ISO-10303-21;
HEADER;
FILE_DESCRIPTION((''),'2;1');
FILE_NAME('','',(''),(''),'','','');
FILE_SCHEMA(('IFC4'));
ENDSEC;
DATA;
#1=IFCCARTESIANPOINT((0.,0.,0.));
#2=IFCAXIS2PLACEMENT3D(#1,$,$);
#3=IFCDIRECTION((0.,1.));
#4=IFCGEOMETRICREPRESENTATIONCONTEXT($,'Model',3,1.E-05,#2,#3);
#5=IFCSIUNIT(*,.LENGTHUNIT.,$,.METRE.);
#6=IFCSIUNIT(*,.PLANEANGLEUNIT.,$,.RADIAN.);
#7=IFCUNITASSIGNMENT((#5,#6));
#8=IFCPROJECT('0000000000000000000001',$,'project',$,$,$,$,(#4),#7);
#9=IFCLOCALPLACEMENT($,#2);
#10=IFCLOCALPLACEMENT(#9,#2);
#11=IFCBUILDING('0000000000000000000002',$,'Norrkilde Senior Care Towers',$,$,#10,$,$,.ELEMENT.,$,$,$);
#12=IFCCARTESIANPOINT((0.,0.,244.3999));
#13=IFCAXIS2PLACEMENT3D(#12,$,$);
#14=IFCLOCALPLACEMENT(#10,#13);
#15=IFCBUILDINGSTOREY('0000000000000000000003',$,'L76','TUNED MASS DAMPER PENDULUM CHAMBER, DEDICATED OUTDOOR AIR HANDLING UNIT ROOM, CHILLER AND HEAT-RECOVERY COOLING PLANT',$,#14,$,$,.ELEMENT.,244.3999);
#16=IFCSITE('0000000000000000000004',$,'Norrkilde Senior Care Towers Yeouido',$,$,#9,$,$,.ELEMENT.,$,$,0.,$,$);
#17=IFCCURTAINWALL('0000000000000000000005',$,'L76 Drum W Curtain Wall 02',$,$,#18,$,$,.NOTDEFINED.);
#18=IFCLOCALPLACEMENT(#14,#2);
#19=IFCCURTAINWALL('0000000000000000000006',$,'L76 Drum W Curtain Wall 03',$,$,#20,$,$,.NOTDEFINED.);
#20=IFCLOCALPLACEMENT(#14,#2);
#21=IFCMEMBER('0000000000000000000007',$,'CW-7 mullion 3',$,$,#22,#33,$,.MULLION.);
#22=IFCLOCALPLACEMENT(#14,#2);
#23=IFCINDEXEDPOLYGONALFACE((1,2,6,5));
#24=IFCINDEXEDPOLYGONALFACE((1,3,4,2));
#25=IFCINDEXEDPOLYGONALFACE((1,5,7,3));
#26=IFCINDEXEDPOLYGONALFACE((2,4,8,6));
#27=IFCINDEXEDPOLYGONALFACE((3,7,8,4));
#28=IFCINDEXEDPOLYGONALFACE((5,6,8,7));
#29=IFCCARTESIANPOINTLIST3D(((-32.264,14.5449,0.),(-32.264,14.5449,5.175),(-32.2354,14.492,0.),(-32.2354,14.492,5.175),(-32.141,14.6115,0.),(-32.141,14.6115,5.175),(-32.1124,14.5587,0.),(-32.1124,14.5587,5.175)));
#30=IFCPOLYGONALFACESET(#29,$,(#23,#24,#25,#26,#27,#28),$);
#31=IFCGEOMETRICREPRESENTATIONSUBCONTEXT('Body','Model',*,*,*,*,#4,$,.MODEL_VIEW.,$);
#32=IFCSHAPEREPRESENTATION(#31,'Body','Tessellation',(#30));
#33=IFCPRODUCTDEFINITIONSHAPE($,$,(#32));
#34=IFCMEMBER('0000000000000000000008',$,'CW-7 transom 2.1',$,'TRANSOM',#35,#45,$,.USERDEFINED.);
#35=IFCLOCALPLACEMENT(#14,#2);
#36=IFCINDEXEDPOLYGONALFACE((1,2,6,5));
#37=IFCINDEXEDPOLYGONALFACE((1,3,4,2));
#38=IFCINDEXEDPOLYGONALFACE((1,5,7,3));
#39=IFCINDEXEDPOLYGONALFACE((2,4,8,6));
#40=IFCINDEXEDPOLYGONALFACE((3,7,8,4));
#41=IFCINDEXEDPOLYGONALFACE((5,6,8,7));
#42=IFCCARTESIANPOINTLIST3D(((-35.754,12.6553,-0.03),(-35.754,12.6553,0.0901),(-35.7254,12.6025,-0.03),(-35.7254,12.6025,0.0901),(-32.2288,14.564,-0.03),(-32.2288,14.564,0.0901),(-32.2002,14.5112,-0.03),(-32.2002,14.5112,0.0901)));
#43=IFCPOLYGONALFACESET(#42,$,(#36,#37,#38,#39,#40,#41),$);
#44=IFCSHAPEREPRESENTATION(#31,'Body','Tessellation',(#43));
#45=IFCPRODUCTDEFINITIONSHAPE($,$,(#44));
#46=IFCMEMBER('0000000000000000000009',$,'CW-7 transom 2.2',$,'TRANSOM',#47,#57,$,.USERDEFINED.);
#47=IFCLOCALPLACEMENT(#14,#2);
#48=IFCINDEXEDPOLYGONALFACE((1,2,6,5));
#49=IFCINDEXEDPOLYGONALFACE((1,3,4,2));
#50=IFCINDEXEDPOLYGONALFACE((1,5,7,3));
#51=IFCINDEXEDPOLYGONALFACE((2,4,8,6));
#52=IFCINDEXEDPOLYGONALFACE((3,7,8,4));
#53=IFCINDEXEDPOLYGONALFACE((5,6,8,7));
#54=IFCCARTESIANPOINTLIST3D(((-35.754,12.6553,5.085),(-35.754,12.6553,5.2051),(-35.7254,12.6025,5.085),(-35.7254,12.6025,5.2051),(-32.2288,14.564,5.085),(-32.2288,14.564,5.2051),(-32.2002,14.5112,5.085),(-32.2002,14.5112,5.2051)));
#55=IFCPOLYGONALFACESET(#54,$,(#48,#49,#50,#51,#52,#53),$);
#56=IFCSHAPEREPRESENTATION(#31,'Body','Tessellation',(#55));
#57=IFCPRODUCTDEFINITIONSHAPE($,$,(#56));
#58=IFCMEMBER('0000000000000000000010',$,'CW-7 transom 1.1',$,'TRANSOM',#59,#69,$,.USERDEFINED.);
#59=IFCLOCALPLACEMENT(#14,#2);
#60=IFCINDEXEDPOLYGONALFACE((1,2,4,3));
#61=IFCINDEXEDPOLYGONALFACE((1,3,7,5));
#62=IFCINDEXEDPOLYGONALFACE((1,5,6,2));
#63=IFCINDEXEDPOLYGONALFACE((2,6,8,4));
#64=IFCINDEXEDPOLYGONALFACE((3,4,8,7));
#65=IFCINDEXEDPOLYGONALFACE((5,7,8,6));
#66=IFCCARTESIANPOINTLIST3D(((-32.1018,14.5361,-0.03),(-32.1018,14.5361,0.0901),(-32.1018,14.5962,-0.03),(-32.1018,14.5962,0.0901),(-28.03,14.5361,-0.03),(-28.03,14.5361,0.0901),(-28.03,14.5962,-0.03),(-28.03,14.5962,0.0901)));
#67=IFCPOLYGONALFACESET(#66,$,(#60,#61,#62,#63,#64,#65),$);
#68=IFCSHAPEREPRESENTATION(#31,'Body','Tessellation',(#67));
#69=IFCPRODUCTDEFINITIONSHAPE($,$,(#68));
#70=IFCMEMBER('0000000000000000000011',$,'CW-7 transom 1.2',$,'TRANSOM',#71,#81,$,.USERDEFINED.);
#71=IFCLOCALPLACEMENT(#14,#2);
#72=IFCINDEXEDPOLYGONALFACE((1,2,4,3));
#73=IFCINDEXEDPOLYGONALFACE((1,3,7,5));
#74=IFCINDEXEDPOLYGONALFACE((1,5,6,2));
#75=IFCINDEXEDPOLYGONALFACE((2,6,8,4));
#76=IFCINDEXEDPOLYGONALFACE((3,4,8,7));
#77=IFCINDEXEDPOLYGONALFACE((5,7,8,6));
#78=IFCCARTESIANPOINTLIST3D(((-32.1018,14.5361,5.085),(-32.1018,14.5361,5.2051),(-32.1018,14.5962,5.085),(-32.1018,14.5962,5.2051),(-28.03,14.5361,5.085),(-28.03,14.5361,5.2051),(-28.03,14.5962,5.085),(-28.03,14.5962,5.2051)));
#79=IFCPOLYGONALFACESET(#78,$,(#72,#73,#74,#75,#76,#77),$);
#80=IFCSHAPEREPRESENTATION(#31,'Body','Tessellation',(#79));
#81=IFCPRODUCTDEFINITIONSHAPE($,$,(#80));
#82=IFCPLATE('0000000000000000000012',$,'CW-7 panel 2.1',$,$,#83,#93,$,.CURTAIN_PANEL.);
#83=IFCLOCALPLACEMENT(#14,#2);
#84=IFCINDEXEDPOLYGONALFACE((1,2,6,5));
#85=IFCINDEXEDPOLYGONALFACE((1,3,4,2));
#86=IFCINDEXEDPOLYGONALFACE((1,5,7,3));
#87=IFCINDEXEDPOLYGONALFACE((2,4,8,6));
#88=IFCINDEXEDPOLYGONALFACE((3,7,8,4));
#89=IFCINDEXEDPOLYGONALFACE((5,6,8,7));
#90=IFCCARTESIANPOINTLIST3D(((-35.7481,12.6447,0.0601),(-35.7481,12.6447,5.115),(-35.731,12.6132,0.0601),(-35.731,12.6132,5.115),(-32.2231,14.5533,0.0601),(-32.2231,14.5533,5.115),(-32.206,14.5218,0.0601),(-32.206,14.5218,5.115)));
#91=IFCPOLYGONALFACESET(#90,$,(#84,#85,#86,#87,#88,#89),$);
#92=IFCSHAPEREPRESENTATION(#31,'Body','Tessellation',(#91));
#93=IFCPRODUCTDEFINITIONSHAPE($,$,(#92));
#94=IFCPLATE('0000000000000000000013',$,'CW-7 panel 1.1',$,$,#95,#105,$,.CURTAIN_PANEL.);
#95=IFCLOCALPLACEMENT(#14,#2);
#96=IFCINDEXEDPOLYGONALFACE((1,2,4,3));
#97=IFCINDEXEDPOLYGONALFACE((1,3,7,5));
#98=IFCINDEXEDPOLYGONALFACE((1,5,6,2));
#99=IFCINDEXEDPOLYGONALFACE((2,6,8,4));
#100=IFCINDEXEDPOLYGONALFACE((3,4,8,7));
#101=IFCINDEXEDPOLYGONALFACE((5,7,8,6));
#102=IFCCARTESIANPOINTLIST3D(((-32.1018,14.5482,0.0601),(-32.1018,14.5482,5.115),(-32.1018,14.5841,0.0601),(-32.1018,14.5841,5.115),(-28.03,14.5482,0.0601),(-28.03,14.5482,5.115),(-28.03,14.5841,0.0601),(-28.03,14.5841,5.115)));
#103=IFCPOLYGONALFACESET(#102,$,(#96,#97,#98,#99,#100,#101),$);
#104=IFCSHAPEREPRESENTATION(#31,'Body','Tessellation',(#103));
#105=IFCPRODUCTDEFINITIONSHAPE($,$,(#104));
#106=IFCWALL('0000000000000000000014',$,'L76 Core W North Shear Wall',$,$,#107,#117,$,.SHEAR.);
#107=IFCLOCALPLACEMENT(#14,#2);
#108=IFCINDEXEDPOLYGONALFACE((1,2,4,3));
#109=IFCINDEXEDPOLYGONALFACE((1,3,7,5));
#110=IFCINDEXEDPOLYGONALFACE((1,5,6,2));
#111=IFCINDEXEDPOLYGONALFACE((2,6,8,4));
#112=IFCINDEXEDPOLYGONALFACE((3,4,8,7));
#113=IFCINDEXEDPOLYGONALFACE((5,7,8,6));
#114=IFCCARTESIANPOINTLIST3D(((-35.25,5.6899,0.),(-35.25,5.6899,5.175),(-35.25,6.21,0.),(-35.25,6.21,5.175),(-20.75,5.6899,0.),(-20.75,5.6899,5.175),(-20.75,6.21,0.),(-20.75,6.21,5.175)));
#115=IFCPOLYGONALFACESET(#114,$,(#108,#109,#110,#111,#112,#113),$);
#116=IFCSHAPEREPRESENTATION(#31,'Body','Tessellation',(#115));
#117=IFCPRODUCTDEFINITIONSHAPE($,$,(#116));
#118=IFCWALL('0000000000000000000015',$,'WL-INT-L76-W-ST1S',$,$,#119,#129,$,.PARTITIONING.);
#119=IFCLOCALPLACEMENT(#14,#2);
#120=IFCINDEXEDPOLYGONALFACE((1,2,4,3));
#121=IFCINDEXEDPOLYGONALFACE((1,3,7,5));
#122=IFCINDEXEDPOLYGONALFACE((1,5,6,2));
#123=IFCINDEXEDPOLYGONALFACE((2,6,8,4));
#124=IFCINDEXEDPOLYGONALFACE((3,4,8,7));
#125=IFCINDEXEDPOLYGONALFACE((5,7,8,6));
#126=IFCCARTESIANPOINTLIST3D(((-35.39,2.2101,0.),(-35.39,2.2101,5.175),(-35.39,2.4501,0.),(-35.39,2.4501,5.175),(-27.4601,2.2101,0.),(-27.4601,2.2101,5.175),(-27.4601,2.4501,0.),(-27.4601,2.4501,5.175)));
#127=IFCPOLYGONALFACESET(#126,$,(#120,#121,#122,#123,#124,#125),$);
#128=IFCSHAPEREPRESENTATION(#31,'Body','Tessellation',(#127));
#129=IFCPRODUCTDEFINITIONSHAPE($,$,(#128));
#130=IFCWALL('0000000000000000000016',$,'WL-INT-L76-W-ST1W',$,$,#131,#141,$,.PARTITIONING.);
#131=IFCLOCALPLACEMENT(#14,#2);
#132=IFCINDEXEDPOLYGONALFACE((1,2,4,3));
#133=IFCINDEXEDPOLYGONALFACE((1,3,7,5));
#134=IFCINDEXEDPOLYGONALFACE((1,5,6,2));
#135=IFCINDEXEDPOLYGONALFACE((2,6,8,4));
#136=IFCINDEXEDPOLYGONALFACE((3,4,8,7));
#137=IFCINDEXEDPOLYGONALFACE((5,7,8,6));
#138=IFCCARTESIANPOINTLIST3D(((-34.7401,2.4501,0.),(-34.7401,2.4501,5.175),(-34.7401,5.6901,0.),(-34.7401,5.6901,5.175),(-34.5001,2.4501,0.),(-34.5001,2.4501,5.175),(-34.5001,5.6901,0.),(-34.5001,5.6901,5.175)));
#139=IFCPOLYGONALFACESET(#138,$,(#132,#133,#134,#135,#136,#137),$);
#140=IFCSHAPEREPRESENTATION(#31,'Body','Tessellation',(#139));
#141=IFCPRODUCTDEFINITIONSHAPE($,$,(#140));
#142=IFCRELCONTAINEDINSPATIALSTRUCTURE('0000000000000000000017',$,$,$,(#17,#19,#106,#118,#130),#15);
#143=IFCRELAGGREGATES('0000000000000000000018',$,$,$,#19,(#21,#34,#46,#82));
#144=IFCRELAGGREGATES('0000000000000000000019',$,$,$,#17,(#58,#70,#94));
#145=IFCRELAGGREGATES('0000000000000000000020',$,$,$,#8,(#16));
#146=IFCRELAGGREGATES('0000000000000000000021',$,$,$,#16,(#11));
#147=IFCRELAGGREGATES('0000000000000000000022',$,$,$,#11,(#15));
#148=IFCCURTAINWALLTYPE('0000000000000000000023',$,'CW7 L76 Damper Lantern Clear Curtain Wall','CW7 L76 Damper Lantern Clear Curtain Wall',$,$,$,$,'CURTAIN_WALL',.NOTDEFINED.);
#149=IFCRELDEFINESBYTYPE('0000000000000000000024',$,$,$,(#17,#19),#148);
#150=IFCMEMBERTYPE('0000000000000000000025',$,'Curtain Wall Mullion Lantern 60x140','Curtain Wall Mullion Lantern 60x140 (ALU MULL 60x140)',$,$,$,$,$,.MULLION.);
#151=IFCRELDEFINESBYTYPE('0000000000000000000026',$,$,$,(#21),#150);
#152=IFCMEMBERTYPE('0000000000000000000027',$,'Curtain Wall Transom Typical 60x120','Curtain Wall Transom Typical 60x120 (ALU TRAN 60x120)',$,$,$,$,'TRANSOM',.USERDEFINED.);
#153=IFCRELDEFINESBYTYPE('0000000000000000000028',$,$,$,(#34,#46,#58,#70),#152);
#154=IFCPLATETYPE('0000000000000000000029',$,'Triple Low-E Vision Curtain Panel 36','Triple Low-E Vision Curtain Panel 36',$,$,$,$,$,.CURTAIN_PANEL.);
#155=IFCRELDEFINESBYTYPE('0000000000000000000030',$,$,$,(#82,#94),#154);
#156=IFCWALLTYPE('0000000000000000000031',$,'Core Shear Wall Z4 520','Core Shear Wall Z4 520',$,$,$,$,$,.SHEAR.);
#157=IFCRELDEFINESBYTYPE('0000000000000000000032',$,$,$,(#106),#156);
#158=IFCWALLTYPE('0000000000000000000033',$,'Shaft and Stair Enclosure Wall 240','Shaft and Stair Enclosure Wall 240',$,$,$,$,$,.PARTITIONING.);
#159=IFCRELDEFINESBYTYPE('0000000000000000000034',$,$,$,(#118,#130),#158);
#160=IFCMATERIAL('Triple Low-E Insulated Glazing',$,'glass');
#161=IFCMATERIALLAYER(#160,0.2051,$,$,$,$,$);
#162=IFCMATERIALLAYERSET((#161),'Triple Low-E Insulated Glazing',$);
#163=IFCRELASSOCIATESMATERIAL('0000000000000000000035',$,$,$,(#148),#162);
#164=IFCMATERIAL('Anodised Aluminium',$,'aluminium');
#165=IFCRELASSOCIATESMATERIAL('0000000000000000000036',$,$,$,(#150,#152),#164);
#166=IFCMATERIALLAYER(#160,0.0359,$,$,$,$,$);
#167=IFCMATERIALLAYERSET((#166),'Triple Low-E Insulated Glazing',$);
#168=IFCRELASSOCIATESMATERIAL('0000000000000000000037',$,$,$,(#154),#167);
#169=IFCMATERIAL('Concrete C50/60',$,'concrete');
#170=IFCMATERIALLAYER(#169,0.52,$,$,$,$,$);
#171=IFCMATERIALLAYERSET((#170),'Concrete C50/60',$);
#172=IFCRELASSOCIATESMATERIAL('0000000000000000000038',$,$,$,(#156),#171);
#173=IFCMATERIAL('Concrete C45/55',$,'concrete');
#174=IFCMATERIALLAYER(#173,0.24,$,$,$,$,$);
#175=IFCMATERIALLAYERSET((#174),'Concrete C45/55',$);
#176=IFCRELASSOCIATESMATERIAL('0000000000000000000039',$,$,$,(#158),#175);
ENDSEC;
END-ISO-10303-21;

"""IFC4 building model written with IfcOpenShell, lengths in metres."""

from ifc_helpers import new_model, si_unit, direction, frame, frame_2d, origin, origin_2d, place, context, subcontext, project, spatial, rectangle, extrude, source, transform, mapped, material, layer, layer_set, material_profile, profile_set, type_object, type_shapes, element, aggregate, save


model = new_model("IFC4")

# Units and contexts
model_context = context("Model", 3, precision=1e-05, world=origin(), true_north=direction((0.0, 1.0)))
body_context = subcontext(model_context, "Body", "Model", "MODEL_VIEW")
ifc_project = project(units=[si_unit("LENGTHUNIT", "METRE"), si_unit("PLANEANGLEUNIT", "RADIAN")], contexts=[model_context])

# Site, building, storey
site_placement = place(None, origin())
site = spatial("IfcSite", under=ifc_project, at=site_placement, Name="Norrkilde Senior Care Towers Yeouido", CompositionType="ELEMENT", RefElevation=0.0)
building_placement = place(site_placement, origin())
building = spatial("IfcBuilding", under=site, at=building_placement, Name="Norrkilde Senior Care Towers", CompositionType="ELEMENT")
storey_placement = place(building_placement, frame((0.0, 0.0, 244.3999)))
storey = spatial("IfcBuildingStorey", under=building, at=storey_placement, Name="L76", Description="TUNED MASS DAMPER PENDULUM CHAMBER, DEDICATED OUTDOOR AIR HANDLING UNIT ROOM, CHILLER AND HEAT-RECOVERY COOLING PLANT", CompositionType="ELEMENT", Elevation=244.3999)

# Shared definitions
ifc_material_1 = material(Name="Concrete C50/60", Category="concrete")

# Curtain walls, members
ifc_material_2 = material(Name="Triple Low-E Insulated Glazing", Category="glass")
ifc_layer_1 = layer(ifc_material_2, 0.2051)
ifc_layer_set_1 = layer_set([ifc_layer_1], Name="Triple Low-E Insulated Glazing")
curtain_wall_type = type_object("IfcCurtainWallType", Name="CW7 L76 Damper Lantern Clear Curtain Wall", Description="CW7 L76 Damper Lantern Clear Curtain Wall", ElementType="CURTAIN_WALL", PredefinedType="NOTDEFINED", material=ifc_layer_set_1)
curtain_wall_1_placement = place(storey_placement, origin())
curtain_wall_1 = element("IfcCurtainWall", 1, at=curtain_wall_1_placement, inside=storey, type_object=curtain_wall_type, Name="L76 Drum W Curtain Wall 02", PredefinedType="NOTDEFINED")
ifc_material_3 = material(Name="Anodised Aluminium", Category="aluminium")
ifc_material_profile_1 = material_profile(ifc_material_3, rectangle(XDim=0.0601, YDim=0.1399, at=origin_2d()), Name="ALU MULL 60x140")
ifc_profile_set_1 = profile_set([ifc_material_profile_1], Name="Anodised Aluminium")
member_type_1 = type_object("IfcMemberType", Name="Curtain Wall Mullion Lantern 60x140", Description="Curtain Wall Mullion Lantern 60x140 (ALU MULL 60x140)", PredefinedType="MULLION", material=ifc_profile_set_1)
shared_shape_1 = source(origin(), body_context, "Body", "SweptSolid", [
    extrude(rectangle(XDim=0.0601, YDim=0.1399, at=origin_2d()), origin(), (0.0, 0.0, 1.0), 5.175),
])
type_shapes(member_type_1, [shared_shape_1])
curtain_wall_2_placement = place(storey_placement, origin())
curtain_wall_2 = element("IfcCurtainWall", 2, at=curtain_wall_2_placement, inside=storey, type_object=curtain_wall_type, Name="L76 Drum W Curtain Wall 03", PredefinedType="NOTDEFINED")
member_1_placement = place(storey_placement, frame((-32.1882, 14.5518, 0.0), z_axis=(0.0, 0.0, 1.0), x_axis=(-0.476133, 0.879373, 0.0)))
member_1 = element("IfcMember", 3, at=member_1_placement, type_object=member_type_1, Name="CW-7 mullion 3", PredefinedType="MULLION", context=body_context, shape_type="MappedRepresentation", body=[
    mapped(shared_shape_1, transform((0.0, 0.0, 0.0), x_axis=(1.0, 0.0, 0.0), y_axis=(0.0, 1.0, 0.0), z_axis=(0.0, 0.0, 1.0), scale=1.0)),
])
ifc_material_profile_2 = material_profile(ifc_material_3, rectangle(XDim=0.0601, YDim=0.1201, at=origin_2d()), Name="ALU TRAN 60x120")
ifc_profile_set_2 = profile_set([ifc_material_profile_2], Name="Anodised Aluminium")
member_type_2 = type_object("IfcMemberType", Name="Curtain Wall Transom Typical 60x120", Description="Curtain Wall Transom Typical 60x120 (ALU TRAN 60x120)", ElementType="TRANSOM", PredefinedType="USERDEFINED", material=ifc_profile_set_2)
shared_shape_2 = source(origin(), body_context, "Body", "SweptSolid", [
    extrude(rectangle(XDim=0.0601, YDim=0.1201, at=origin_2d()), origin(), (0.0, 0.0, 1.0), 4.0088),
])
member_2_placement = place(storey_placement, frame((-35.7397, 12.6289, 0.03), z_axis=(0.879372, 0.476136, 0.0), x_axis=(-0.476136, 0.879372, 0.0)))
member_2 = element("IfcMember", 4, at=member_2_placement, type_object=member_type_2, Name="CW-7 transom 2.1", ObjectType="TRANSOM", PredefinedType="USERDEFINED", context=body_context, shape_type="MappedRepresentation", body=[
    mapped(shared_shape_2, transform((0.0, 0.0, 0.0), x_axis=(1.0, 0.0, 0.0), y_axis=(0.0, 1.0, 0.0), z_axis=(0.0, 0.0, 1.0), scale=1.0)),
])
member_3_placement = place(storey_placement, frame((-35.7397, 12.6289, 5.145), z_axis=(0.879372, 0.476136, 0.0), x_axis=(-0.476136, 0.879372, 0.0)))
member_3 = element("IfcMember", 5, at=member_3_placement, type_object=member_type_2, Name="CW-7 transom 2.2", ObjectType="TRANSOM", PredefinedType="USERDEFINED", context=body_context, shape_type="MappedRepresentation", body=[
    mapped(shared_shape_2, transform((0.0, 0.0, 0.0), x_axis=(1.0, 0.0, 0.0), y_axis=(0.0, 1.0, 0.0), z_axis=(0.0, 0.0, 1.0), scale=1.0)),
])

# Members
shared_shape_3 = source(origin(), body_context, "Body", "SweptSolid", [
    extrude(rectangle(XDim=0.0601, YDim=0.1201, at=origin_2d()), origin(), (0.0, 0.0, 1.0), 4.0718),
])
type_shapes(member_type_2, [shared_shape_2, shared_shape_3])
member_4_placement = place(storey_placement, frame((-32.1018, 14.5662, 0.03), z_axis=(1.0, 0.0, 0.0), x_axis=(0.0, 1.0, 0.0)))
member_4 = element("IfcMember", 6, at=member_4_placement, type_object=member_type_2, Name="CW-7 transom 1.1", ObjectType="TRANSOM", PredefinedType="USERDEFINED", context=body_context, shape_type="MappedRepresentation", body=[
    mapped(shared_shape_3, transform((0.0, 0.0, 0.0), x_axis=(1.0, 0.0, 0.0), y_axis=(0.0, 1.0, 0.0), z_axis=(0.0, 0.0, 1.0), scale=1.0)),
])
member_5_placement = place(storey_placement, frame((-32.1018, 14.5662, 5.145), z_axis=(1.0, 0.0, 0.0), x_axis=(0.0, 1.0, 0.0)))
member_5 = element("IfcMember", 7, at=member_5_placement, type_object=member_type_2, Name="CW-7 transom 1.2", ObjectType="TRANSOM", PredefinedType="USERDEFINED", context=body_context, shape_type="MappedRepresentation", body=[
    mapped(shared_shape_3, transform((0.0, 0.0, 0.0), x_axis=(1.0, 0.0, 0.0), y_axis=(0.0, 1.0, 0.0), z_axis=(0.0, 0.0, 1.0), scale=1.0)),
])

# Plates
ifc_layer_2 = layer(ifc_material_2, 0.0359)
ifc_layer_set_2 = layer_set([ifc_layer_2], Name="Triple Low-E Insulated Glazing")
plate_type = type_object("IfcPlateType", Name="Triple Low-E Vision Curtain Panel 36", Description="Triple Low-E Vision Curtain Panel 36", PredefinedType="CURTAIN_PANEL", material=ifc_layer_set_2)
shared_shape_4 = source(origin(), body_context, "Body", "SweptSolid", [
    extrude(rectangle(XDim=4.0085, YDim=0.0359, at=origin_2d()), origin(), (0.0, 0.0, 1.0), 5.0549),
])
plate_1_placement = place(storey_placement, frame((-33.9771, 13.5833, 0.0601), z_axis=(0.0, 0.0, 1.0), x_axis=(0.879373, 0.476133, 0.0)))
plate_1 = element("IfcPlate", 8, at=plate_1_placement, type_object=plate_type, Name="CW-7 panel 2.1", PredefinedType="CURTAIN_PANEL", context=body_context, shape_type="MappedRepresentation", body=[
    mapped(shared_shape_4, transform((0.0, 0.0, 0.0), x_axis=(1.0, 0.0, 0.0), y_axis=(0.0, 1.0, 0.0), z_axis=(0.0, 0.0, 1.0), scale=1.0)),
])
aggregate(curtain_wall_2, [member_1, member_2, member_3, plate_1])
shared_shape_5 = source(origin(), body_context, "Body", "SweptSolid", [
    extrude(rectangle(XDim=4.0718, YDim=0.0359, at=origin_2d()), origin(), (0.0, 0.0, 1.0), 5.0549),
])
type_shapes(plate_type, [shared_shape_4, shared_shape_5])
plate_2_placement = place(storey_placement, frame((-30.0659, 14.5662, 0.0601), z_axis=(0.0, 0.0, 1.0), x_axis=(1.0, 0.0, 0.0)))
plate_2 = element("IfcPlate", 9, at=plate_2_placement, type_object=plate_type, Name="CW-7 panel 1.1", PredefinedType="CURTAIN_PANEL", context=body_context, shape_type="MappedRepresentation", body=[
    mapped(shared_shape_5, transform((0.0, 0.0, 0.0), x_axis=(1.0, 0.0, 0.0), y_axis=(0.0, 1.0, 0.0), z_axis=(0.0, 0.0, 1.0), scale=1.0)),
])
aggregate(curtain_wall_1, [member_4, member_5, plate_2])

# Walls
ifc_layer_3 = layer(ifc_material_1, 0.52)
ifc_layer_set_3 = layer_set([ifc_layer_3], Name="Concrete C50/60")
wall_type_1 = type_object("IfcWallType", Name="Core Shear Wall Z4 520", Description="Core Shear Wall Z4 520", PredefinedType="SHEAR", material=ifc_layer_set_3)
shared_shape_6 = source(origin(), body_context, "Body", "SweptSolid", [
    extrude(rectangle(XDim=14.5, YDim=0.52, at=frame_2d((7.25, 0.0))), origin(), (0.0, 0.0, 1.0), 5.175),
])
type_shapes(wall_type_1, [shared_shape_6])
wall_1_placement = place(storey_placement, frame((-35.25, 5.95, 0.0), z_axis=(0.0, 0.0, 1.0), x_axis=(1.0, 0.0, 0.0)))
element("IfcWall", 10, at=wall_1_placement, inside=storey, type_object=wall_type_1, Name="L76 Core W North Shear Wall", PredefinedType="SHEAR", context=body_context, shape_type="MappedRepresentation", body=[
    mapped(shared_shape_6, transform((0.0, 0.0, 0.0), x_axis=(1.0, 0.0, 0.0), y_axis=(0.0, 1.0, 0.0), z_axis=(0.0, 0.0, 1.0), scale=1.0)),
])
ifc_material_4 = material(Name="Concrete C45/55", Category="concrete")
ifc_layer_4 = layer(ifc_material_4, 0.24)
ifc_layer_set_4 = layer_set([ifc_layer_4], Name="Concrete C45/55")
wall_type_2 = type_object("IfcWallType", Name="Shaft and Stair Enclosure Wall 240", Description="Shaft and Stair Enclosure Wall 240", PredefinedType="PARTITIONING", material=ifc_layer_set_4)
shared_shape_7 = source(origin(), body_context, "Body", "SweptSolid", [
    extrude(rectangle(XDim=7.9299, YDim=0.24, at=frame_2d((3.9648, 0.0))), origin(), (0.0, 0.0, 1.0), 5.175),
])
wall_2_placement = place(storey_placement, frame((-35.3899, 2.3301, 0.0), z_axis=(0.0, 0.0, 1.0), x_axis=(1.0, 0.0, 0.0)))
element("IfcWall", 11, at=wall_2_placement, inside=storey, type_object=wall_type_2, Name="WL-INT-L76-W-ST1S", PredefinedType="PARTITIONING", context=body_context, shape_type="MappedRepresentation", body=[
    mapped(shared_shape_7, transform((0.0, 0.0, 0.0), x_axis=(1.0, 0.0, 0.0), y_axis=(0.0, 1.0, 0.0), z_axis=(0.0, 0.0, 1.0), scale=1.0)),
])
shared_shape_8 = source(origin(), body_context, "Body", "SweptSolid", [
    extrude(rectangle(XDim=3.24, YDim=0.24, at=frame_2d((1.6201, 0.0))), origin(), (0.0, 0.0, 1.0), 5.175),
])
type_shapes(wall_type_2, [shared_shape_7, shared_shape_8])
wall_3_placement = place(storey_placement, frame((-34.6201, 2.45, 0.0), z_axis=(0.0, 0.0, 1.0), x_axis=(0.0, 1.0, 0.0)))
element("IfcWall", 12, at=wall_3_placement, inside=storey, type_object=wall_type_2, Name="WL-INT-L76-W-ST1W", PredefinedType="PARTITIONING", context=body_context, shape_type="MappedRepresentation", body=[
    mapped(shared_shape_8, transform((0.0, 0.0, 0.0), x_axis=(1.0, 0.0, 0.0), y_axis=(0.0, 1.0, 0.0), z_axis=(0.0, 0.0, 1.0), scale=1.0)),
])

save(model, "model.ifc")
